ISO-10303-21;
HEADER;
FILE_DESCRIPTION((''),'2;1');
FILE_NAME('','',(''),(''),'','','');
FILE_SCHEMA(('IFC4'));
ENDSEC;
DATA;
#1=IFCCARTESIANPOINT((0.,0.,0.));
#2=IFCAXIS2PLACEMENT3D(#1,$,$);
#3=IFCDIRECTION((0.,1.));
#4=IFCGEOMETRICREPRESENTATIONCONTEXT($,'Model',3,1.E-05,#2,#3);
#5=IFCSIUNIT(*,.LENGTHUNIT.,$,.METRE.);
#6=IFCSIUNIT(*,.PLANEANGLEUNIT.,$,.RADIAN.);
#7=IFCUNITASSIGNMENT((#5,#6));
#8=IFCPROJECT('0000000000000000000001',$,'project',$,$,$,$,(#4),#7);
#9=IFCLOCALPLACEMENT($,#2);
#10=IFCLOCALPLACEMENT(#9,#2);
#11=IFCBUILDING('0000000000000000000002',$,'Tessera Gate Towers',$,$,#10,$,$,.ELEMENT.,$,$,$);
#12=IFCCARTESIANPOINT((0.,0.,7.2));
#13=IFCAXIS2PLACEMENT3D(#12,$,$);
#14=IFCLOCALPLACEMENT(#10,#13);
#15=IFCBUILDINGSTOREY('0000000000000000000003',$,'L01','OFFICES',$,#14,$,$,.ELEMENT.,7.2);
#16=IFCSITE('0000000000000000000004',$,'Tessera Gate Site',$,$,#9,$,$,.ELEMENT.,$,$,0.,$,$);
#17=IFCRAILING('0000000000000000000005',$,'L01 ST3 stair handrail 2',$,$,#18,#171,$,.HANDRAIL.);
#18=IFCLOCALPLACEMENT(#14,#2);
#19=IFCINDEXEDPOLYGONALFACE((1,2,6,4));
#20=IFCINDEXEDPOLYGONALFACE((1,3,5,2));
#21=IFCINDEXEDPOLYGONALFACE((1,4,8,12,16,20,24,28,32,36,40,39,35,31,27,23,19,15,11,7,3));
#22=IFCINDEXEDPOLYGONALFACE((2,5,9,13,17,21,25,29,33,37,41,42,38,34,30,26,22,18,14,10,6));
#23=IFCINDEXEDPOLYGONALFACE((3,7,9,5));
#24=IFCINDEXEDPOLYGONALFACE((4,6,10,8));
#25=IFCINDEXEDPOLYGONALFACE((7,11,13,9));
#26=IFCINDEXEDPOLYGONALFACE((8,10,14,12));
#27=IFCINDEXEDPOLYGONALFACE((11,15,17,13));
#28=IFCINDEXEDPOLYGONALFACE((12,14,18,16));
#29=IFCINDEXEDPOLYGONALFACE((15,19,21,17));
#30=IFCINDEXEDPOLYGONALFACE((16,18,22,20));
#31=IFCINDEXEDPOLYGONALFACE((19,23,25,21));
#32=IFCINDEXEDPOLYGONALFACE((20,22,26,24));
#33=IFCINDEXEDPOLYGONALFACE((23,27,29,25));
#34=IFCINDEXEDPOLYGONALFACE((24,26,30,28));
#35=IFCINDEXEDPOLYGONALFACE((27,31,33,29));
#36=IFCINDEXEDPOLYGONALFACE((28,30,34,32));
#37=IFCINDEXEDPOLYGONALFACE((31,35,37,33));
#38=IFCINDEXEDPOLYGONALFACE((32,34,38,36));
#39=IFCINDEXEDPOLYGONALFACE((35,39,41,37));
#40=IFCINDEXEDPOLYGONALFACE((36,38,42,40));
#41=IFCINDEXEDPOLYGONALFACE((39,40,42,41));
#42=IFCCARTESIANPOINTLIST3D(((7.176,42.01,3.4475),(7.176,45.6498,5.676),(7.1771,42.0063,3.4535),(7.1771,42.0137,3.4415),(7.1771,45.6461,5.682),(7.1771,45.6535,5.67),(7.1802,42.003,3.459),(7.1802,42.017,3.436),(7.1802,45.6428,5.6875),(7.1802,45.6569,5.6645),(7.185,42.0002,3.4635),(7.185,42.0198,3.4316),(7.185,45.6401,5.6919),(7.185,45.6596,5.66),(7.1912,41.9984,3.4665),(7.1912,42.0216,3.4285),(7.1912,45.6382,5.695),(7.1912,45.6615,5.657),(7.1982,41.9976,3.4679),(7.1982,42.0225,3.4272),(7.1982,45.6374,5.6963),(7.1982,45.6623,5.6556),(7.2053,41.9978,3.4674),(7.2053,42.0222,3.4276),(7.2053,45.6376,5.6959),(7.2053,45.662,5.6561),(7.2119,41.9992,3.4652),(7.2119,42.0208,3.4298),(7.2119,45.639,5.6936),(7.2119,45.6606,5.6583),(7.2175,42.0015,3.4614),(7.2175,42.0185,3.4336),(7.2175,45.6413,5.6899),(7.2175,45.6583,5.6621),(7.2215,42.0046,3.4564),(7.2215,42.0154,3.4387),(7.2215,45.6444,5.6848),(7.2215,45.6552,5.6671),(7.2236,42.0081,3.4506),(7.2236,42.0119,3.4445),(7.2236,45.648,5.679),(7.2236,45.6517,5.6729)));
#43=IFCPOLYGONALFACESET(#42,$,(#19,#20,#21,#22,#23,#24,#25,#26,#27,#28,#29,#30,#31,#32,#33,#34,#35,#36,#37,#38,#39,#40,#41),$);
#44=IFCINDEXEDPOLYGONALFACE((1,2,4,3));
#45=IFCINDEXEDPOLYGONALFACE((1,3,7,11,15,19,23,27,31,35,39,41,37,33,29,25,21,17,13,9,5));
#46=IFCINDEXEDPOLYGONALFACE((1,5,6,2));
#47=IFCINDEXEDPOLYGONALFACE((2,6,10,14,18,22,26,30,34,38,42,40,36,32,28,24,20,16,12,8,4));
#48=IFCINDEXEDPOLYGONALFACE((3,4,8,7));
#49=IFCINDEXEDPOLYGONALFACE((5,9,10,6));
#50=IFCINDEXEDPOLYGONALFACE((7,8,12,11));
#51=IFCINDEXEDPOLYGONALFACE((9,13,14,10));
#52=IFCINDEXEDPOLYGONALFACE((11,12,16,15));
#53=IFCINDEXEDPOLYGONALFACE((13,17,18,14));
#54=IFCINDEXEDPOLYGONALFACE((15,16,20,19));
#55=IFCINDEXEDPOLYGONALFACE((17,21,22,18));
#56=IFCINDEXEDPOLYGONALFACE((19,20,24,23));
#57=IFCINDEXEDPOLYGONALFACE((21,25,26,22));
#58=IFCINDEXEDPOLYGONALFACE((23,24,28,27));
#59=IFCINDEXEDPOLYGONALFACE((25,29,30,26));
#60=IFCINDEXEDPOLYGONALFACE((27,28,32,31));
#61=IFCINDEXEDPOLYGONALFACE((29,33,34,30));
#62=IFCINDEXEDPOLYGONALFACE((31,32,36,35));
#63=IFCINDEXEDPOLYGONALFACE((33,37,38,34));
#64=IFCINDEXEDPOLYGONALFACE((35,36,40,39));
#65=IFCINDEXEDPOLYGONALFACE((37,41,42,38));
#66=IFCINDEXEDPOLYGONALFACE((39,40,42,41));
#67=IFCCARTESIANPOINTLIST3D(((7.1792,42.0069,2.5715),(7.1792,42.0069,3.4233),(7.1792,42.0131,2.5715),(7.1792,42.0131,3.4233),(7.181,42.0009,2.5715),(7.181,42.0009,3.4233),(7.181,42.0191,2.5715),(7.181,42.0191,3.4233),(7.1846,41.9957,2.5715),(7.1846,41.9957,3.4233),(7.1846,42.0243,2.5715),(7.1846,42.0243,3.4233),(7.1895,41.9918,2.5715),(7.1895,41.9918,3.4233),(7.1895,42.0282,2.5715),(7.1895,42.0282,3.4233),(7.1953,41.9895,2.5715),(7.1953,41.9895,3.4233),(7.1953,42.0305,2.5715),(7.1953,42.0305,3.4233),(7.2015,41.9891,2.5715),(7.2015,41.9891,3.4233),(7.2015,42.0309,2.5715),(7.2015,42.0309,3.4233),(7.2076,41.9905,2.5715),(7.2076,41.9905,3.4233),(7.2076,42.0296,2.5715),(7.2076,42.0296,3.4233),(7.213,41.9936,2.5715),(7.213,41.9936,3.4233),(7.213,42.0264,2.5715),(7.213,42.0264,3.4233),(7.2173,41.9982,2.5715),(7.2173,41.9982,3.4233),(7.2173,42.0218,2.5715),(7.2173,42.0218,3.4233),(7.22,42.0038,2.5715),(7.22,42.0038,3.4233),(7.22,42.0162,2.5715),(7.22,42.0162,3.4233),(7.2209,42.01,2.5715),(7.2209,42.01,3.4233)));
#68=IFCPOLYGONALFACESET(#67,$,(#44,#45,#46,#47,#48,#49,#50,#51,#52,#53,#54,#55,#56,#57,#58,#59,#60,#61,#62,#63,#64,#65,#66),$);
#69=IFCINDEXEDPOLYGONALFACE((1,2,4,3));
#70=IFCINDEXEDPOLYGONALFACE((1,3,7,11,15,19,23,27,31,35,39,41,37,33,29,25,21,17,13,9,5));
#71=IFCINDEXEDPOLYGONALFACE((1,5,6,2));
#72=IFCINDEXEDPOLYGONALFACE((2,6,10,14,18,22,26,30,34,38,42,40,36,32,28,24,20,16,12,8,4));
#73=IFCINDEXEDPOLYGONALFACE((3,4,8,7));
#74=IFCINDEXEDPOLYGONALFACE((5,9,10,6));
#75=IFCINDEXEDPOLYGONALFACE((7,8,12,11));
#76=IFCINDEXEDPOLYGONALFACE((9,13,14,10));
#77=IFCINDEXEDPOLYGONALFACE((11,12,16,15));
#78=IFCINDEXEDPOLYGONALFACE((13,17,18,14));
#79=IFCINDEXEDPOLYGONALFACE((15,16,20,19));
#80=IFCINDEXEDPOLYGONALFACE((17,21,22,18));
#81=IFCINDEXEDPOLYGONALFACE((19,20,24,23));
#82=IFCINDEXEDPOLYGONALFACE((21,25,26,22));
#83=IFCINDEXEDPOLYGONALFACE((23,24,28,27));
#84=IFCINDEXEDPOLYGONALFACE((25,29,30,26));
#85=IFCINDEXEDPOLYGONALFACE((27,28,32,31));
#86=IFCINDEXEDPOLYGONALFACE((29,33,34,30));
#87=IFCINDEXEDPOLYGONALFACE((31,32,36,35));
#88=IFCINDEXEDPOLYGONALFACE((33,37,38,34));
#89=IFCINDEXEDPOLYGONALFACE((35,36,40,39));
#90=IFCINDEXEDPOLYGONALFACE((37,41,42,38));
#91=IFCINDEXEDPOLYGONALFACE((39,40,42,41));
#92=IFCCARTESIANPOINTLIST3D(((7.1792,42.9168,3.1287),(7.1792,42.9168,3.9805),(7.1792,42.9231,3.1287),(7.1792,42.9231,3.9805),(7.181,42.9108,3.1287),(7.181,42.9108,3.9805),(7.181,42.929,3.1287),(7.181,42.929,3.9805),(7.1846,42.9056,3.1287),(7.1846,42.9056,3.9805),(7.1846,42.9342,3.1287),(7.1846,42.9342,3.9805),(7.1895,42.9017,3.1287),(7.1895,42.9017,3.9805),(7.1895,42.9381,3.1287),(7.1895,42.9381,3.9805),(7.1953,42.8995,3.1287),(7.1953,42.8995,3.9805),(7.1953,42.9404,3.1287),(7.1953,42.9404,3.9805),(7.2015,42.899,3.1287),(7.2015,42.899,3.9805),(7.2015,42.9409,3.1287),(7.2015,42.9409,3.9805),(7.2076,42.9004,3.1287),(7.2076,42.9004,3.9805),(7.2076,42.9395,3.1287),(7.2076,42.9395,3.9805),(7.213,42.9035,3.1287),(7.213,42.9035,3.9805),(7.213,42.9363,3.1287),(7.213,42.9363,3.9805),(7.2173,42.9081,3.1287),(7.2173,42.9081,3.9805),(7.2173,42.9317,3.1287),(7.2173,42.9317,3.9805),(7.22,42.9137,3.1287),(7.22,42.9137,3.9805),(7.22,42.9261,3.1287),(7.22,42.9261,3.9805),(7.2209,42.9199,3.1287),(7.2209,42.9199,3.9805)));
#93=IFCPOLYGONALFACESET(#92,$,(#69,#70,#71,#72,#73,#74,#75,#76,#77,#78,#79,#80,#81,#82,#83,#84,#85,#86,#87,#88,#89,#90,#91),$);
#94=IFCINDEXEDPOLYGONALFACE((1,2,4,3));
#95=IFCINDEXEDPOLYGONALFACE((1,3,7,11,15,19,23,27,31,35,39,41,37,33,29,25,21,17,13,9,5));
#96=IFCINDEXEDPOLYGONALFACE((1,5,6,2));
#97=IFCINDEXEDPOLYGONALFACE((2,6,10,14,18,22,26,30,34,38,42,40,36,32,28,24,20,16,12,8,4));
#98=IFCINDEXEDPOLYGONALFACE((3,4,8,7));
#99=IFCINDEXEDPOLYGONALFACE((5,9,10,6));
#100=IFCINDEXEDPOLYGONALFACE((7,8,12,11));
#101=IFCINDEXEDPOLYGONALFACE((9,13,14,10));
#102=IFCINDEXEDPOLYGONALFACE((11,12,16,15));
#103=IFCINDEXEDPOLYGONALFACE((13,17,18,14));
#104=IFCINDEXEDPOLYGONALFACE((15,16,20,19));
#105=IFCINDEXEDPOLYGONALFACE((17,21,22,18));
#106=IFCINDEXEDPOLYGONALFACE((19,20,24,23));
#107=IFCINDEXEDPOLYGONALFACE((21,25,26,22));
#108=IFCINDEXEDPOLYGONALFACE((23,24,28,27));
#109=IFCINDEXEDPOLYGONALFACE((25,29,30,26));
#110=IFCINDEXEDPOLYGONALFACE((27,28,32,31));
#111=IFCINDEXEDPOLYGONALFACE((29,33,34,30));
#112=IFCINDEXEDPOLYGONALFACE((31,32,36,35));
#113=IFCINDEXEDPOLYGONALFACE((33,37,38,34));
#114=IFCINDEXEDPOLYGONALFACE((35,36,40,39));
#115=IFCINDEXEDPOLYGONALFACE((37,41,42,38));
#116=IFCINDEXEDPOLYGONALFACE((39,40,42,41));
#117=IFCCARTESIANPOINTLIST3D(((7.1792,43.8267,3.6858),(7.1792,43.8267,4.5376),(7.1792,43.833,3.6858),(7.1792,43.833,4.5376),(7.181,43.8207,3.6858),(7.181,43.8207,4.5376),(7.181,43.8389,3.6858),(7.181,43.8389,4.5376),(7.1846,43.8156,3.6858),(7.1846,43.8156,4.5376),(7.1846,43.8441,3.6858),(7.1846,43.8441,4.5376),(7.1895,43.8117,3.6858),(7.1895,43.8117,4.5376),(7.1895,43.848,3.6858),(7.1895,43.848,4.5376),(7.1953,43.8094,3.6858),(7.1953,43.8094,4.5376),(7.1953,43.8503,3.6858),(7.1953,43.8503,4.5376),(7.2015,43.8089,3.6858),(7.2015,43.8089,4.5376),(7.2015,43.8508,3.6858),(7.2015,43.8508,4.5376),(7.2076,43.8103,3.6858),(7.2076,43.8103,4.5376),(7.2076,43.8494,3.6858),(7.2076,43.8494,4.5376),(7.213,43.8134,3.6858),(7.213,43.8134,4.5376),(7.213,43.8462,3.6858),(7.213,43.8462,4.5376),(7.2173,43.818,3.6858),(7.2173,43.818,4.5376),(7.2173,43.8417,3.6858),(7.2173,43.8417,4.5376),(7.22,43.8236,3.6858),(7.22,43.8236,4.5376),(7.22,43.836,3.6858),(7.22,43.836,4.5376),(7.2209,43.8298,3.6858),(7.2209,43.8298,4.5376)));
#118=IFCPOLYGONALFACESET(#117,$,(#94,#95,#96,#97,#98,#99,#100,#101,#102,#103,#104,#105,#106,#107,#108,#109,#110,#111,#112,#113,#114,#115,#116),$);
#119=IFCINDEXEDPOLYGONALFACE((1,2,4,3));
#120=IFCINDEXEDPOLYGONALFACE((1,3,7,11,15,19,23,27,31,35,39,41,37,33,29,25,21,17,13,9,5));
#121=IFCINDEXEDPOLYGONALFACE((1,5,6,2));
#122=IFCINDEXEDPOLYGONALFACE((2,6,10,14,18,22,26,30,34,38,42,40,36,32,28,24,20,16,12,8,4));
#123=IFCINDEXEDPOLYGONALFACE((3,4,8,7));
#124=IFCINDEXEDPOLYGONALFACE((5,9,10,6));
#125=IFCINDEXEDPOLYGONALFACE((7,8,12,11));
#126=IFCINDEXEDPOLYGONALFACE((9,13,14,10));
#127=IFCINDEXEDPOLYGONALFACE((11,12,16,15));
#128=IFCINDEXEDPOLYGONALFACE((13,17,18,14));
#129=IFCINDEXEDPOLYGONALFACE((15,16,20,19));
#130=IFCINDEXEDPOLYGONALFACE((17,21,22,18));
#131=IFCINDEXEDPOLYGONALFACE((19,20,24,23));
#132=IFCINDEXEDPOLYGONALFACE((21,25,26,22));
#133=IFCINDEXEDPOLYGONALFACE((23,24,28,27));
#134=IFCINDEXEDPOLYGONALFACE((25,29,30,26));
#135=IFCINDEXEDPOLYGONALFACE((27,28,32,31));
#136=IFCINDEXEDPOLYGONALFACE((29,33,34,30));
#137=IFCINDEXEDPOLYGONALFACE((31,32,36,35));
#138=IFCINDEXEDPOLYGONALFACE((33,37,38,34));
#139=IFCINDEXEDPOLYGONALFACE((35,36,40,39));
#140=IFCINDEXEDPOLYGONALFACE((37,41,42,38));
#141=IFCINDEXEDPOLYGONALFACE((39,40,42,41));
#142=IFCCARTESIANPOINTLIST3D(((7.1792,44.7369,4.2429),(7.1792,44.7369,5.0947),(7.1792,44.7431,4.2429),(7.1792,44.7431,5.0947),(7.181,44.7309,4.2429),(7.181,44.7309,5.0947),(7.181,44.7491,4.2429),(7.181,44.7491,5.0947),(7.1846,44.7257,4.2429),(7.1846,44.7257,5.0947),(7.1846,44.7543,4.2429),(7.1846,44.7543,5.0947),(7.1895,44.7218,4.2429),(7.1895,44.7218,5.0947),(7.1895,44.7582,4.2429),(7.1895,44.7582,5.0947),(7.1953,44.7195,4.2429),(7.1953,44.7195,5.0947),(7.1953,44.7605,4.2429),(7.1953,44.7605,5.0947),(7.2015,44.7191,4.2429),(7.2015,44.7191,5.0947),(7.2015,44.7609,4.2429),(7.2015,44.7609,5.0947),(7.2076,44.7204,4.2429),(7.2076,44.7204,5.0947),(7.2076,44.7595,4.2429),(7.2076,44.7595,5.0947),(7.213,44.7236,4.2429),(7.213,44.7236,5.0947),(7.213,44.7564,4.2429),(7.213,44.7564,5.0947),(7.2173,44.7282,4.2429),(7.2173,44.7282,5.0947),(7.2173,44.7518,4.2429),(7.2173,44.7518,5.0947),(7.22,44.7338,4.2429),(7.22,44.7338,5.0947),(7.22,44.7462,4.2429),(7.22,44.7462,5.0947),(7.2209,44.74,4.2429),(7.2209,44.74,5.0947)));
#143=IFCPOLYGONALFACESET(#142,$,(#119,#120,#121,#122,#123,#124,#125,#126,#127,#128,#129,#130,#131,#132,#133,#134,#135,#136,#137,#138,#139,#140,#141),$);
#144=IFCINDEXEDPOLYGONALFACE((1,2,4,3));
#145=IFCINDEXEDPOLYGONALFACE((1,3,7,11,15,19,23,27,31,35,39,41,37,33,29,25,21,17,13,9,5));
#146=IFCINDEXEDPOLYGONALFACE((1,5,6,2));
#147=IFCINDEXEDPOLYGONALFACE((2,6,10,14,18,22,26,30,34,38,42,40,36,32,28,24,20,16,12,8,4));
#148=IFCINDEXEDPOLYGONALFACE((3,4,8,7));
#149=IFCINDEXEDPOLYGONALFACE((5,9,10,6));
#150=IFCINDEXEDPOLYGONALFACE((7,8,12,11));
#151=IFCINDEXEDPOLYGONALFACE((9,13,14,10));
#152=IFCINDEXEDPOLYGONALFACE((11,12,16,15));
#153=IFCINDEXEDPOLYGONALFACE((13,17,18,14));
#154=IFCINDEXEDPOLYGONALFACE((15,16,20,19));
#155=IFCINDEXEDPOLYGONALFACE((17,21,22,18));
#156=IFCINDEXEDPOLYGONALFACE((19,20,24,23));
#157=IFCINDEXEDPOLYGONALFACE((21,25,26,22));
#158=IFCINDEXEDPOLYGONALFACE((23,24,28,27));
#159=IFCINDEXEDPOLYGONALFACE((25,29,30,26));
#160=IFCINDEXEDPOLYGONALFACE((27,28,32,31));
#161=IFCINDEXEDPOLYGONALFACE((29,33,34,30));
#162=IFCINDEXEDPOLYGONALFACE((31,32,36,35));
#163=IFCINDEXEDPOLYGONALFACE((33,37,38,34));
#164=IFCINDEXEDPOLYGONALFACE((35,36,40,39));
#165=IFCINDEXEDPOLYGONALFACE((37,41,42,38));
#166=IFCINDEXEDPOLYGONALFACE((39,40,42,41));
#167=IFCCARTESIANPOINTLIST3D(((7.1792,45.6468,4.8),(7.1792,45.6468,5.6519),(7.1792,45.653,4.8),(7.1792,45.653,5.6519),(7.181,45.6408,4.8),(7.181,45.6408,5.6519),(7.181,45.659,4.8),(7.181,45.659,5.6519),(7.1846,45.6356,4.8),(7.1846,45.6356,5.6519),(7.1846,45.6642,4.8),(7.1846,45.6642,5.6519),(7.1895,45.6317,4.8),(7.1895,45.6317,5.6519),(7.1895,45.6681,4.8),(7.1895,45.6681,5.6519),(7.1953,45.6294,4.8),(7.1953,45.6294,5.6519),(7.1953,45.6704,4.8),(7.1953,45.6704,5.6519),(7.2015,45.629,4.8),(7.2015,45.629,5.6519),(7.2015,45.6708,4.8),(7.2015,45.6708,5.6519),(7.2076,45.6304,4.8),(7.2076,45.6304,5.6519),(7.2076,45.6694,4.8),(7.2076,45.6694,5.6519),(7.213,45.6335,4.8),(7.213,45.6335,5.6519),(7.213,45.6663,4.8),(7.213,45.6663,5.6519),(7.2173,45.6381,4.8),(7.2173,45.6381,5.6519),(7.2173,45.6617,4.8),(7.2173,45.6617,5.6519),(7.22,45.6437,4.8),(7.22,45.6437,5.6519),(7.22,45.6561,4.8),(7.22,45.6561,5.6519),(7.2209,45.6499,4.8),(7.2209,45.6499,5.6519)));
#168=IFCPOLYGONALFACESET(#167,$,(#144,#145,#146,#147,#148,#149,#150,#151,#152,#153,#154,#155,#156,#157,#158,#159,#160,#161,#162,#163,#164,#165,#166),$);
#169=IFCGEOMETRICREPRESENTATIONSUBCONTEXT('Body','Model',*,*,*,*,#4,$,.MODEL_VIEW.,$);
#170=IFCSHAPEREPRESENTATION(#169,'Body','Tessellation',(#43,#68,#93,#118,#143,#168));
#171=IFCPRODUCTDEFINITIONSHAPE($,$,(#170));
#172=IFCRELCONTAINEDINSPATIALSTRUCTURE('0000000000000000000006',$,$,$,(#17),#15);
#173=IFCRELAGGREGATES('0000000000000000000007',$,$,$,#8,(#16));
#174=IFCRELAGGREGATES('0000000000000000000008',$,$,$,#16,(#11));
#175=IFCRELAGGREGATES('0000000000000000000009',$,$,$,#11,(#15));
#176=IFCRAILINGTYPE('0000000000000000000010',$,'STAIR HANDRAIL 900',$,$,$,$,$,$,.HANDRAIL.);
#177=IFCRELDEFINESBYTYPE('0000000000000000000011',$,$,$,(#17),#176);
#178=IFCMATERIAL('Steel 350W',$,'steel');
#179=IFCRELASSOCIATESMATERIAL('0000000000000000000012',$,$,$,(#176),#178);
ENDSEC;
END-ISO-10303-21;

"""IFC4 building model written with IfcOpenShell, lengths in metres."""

from ifc_helpers import new_model, si_unit, direction, frame, origin, origin_2d, place, context, subcontext, project, spatial, circle, extrude, material, type_object, element, save


model = new_model("IFC4")

# Units and contexts
model_context = context("Model", 3, precision=1e-05, world=origin(), true_north=direction((0.0, 1.0)))
body_context = subcontext(model_context, "Body", "Model", "MODEL_VIEW")
ifc_project = project(units=[si_unit("LENGTHUNIT", "METRE"), si_unit("PLANEANGLEUNIT", "RADIAN")], contexts=[model_context])

# Site, building, storey
site_placement = place(None, origin())
site = spatial("IfcSite", under=ifc_project, at=site_placement, Name="Tessera Gate Site", CompositionType="ELEMENT", RefElevation=0.0)
building_placement = place(site_placement, origin())
building = spatial("IfcBuilding", under=site, at=building_placement, Name="Tessera Gate Towers", CompositionType="ELEMENT")
storey_placement = place(building_placement, frame((0.0, 0.0, 7.2)))
storey = spatial("IfcBuildingStorey", under=building, at=storey_placement, Name="L01", Description="OFFICES", CompositionType="ELEMENT", Elevation=7.2)

# Railing
ifc_material_1 = material(Name="Steel 350W", Category="steel")
railing_type_1 = type_object("IfcRailingType", Name="STAIR HANDRAIL 900", PredefinedType="HANDRAIL", material=ifc_material_1)
railing_1_placement = place(storey_placement, frame((7.2, 42.01, 2.5715)))
element("IfcRailing", 1, at=railing_1_placement, inside=storey, type_object=railing_type_1, Name="L01 ST3 stair handrail 2", PredefinedType="HANDRAIL", context=body_context, shape_type="SweptSolid", body=[
    extrude(circle(Radius=0.0239, at=origin_2d()), frame((0.0, 0.0, 0.876), z_axis=(0.0, 0.85285, 0.522156), x_axis=(-1.0, 0.0, 0.0)), (0.0, 0.0, 1.0), 4.2678),
    extrude(circle(Radius=0.021, at=origin_2d()), origin(), (0.0, 0.0, 1.0), 0.8518),
    extrude(circle(Radius=0.021, at=origin_2d()), frame((0.0, 0.9099, 0.5571)), (0.0, 0.0, 1.0), 0.8518),
    extrude(circle(Radius=0.021, at=origin_2d()), frame((0.0, 1.8198, 1.1143)), (0.0, 0.0, 1.0), 0.8518),
    extrude(circle(Radius=0.021, at=origin_2d()), frame((0.0, 2.73, 1.6714)), (0.0, 0.0, 1.0), 0.8518),
    extrude(circle(Radius=0.021, at=origin_2d()), frame((0.0, 3.6399, 2.2285)), (0.0, 0.0, 1.0), 0.8518),
])

save(model, "model.ifc")
